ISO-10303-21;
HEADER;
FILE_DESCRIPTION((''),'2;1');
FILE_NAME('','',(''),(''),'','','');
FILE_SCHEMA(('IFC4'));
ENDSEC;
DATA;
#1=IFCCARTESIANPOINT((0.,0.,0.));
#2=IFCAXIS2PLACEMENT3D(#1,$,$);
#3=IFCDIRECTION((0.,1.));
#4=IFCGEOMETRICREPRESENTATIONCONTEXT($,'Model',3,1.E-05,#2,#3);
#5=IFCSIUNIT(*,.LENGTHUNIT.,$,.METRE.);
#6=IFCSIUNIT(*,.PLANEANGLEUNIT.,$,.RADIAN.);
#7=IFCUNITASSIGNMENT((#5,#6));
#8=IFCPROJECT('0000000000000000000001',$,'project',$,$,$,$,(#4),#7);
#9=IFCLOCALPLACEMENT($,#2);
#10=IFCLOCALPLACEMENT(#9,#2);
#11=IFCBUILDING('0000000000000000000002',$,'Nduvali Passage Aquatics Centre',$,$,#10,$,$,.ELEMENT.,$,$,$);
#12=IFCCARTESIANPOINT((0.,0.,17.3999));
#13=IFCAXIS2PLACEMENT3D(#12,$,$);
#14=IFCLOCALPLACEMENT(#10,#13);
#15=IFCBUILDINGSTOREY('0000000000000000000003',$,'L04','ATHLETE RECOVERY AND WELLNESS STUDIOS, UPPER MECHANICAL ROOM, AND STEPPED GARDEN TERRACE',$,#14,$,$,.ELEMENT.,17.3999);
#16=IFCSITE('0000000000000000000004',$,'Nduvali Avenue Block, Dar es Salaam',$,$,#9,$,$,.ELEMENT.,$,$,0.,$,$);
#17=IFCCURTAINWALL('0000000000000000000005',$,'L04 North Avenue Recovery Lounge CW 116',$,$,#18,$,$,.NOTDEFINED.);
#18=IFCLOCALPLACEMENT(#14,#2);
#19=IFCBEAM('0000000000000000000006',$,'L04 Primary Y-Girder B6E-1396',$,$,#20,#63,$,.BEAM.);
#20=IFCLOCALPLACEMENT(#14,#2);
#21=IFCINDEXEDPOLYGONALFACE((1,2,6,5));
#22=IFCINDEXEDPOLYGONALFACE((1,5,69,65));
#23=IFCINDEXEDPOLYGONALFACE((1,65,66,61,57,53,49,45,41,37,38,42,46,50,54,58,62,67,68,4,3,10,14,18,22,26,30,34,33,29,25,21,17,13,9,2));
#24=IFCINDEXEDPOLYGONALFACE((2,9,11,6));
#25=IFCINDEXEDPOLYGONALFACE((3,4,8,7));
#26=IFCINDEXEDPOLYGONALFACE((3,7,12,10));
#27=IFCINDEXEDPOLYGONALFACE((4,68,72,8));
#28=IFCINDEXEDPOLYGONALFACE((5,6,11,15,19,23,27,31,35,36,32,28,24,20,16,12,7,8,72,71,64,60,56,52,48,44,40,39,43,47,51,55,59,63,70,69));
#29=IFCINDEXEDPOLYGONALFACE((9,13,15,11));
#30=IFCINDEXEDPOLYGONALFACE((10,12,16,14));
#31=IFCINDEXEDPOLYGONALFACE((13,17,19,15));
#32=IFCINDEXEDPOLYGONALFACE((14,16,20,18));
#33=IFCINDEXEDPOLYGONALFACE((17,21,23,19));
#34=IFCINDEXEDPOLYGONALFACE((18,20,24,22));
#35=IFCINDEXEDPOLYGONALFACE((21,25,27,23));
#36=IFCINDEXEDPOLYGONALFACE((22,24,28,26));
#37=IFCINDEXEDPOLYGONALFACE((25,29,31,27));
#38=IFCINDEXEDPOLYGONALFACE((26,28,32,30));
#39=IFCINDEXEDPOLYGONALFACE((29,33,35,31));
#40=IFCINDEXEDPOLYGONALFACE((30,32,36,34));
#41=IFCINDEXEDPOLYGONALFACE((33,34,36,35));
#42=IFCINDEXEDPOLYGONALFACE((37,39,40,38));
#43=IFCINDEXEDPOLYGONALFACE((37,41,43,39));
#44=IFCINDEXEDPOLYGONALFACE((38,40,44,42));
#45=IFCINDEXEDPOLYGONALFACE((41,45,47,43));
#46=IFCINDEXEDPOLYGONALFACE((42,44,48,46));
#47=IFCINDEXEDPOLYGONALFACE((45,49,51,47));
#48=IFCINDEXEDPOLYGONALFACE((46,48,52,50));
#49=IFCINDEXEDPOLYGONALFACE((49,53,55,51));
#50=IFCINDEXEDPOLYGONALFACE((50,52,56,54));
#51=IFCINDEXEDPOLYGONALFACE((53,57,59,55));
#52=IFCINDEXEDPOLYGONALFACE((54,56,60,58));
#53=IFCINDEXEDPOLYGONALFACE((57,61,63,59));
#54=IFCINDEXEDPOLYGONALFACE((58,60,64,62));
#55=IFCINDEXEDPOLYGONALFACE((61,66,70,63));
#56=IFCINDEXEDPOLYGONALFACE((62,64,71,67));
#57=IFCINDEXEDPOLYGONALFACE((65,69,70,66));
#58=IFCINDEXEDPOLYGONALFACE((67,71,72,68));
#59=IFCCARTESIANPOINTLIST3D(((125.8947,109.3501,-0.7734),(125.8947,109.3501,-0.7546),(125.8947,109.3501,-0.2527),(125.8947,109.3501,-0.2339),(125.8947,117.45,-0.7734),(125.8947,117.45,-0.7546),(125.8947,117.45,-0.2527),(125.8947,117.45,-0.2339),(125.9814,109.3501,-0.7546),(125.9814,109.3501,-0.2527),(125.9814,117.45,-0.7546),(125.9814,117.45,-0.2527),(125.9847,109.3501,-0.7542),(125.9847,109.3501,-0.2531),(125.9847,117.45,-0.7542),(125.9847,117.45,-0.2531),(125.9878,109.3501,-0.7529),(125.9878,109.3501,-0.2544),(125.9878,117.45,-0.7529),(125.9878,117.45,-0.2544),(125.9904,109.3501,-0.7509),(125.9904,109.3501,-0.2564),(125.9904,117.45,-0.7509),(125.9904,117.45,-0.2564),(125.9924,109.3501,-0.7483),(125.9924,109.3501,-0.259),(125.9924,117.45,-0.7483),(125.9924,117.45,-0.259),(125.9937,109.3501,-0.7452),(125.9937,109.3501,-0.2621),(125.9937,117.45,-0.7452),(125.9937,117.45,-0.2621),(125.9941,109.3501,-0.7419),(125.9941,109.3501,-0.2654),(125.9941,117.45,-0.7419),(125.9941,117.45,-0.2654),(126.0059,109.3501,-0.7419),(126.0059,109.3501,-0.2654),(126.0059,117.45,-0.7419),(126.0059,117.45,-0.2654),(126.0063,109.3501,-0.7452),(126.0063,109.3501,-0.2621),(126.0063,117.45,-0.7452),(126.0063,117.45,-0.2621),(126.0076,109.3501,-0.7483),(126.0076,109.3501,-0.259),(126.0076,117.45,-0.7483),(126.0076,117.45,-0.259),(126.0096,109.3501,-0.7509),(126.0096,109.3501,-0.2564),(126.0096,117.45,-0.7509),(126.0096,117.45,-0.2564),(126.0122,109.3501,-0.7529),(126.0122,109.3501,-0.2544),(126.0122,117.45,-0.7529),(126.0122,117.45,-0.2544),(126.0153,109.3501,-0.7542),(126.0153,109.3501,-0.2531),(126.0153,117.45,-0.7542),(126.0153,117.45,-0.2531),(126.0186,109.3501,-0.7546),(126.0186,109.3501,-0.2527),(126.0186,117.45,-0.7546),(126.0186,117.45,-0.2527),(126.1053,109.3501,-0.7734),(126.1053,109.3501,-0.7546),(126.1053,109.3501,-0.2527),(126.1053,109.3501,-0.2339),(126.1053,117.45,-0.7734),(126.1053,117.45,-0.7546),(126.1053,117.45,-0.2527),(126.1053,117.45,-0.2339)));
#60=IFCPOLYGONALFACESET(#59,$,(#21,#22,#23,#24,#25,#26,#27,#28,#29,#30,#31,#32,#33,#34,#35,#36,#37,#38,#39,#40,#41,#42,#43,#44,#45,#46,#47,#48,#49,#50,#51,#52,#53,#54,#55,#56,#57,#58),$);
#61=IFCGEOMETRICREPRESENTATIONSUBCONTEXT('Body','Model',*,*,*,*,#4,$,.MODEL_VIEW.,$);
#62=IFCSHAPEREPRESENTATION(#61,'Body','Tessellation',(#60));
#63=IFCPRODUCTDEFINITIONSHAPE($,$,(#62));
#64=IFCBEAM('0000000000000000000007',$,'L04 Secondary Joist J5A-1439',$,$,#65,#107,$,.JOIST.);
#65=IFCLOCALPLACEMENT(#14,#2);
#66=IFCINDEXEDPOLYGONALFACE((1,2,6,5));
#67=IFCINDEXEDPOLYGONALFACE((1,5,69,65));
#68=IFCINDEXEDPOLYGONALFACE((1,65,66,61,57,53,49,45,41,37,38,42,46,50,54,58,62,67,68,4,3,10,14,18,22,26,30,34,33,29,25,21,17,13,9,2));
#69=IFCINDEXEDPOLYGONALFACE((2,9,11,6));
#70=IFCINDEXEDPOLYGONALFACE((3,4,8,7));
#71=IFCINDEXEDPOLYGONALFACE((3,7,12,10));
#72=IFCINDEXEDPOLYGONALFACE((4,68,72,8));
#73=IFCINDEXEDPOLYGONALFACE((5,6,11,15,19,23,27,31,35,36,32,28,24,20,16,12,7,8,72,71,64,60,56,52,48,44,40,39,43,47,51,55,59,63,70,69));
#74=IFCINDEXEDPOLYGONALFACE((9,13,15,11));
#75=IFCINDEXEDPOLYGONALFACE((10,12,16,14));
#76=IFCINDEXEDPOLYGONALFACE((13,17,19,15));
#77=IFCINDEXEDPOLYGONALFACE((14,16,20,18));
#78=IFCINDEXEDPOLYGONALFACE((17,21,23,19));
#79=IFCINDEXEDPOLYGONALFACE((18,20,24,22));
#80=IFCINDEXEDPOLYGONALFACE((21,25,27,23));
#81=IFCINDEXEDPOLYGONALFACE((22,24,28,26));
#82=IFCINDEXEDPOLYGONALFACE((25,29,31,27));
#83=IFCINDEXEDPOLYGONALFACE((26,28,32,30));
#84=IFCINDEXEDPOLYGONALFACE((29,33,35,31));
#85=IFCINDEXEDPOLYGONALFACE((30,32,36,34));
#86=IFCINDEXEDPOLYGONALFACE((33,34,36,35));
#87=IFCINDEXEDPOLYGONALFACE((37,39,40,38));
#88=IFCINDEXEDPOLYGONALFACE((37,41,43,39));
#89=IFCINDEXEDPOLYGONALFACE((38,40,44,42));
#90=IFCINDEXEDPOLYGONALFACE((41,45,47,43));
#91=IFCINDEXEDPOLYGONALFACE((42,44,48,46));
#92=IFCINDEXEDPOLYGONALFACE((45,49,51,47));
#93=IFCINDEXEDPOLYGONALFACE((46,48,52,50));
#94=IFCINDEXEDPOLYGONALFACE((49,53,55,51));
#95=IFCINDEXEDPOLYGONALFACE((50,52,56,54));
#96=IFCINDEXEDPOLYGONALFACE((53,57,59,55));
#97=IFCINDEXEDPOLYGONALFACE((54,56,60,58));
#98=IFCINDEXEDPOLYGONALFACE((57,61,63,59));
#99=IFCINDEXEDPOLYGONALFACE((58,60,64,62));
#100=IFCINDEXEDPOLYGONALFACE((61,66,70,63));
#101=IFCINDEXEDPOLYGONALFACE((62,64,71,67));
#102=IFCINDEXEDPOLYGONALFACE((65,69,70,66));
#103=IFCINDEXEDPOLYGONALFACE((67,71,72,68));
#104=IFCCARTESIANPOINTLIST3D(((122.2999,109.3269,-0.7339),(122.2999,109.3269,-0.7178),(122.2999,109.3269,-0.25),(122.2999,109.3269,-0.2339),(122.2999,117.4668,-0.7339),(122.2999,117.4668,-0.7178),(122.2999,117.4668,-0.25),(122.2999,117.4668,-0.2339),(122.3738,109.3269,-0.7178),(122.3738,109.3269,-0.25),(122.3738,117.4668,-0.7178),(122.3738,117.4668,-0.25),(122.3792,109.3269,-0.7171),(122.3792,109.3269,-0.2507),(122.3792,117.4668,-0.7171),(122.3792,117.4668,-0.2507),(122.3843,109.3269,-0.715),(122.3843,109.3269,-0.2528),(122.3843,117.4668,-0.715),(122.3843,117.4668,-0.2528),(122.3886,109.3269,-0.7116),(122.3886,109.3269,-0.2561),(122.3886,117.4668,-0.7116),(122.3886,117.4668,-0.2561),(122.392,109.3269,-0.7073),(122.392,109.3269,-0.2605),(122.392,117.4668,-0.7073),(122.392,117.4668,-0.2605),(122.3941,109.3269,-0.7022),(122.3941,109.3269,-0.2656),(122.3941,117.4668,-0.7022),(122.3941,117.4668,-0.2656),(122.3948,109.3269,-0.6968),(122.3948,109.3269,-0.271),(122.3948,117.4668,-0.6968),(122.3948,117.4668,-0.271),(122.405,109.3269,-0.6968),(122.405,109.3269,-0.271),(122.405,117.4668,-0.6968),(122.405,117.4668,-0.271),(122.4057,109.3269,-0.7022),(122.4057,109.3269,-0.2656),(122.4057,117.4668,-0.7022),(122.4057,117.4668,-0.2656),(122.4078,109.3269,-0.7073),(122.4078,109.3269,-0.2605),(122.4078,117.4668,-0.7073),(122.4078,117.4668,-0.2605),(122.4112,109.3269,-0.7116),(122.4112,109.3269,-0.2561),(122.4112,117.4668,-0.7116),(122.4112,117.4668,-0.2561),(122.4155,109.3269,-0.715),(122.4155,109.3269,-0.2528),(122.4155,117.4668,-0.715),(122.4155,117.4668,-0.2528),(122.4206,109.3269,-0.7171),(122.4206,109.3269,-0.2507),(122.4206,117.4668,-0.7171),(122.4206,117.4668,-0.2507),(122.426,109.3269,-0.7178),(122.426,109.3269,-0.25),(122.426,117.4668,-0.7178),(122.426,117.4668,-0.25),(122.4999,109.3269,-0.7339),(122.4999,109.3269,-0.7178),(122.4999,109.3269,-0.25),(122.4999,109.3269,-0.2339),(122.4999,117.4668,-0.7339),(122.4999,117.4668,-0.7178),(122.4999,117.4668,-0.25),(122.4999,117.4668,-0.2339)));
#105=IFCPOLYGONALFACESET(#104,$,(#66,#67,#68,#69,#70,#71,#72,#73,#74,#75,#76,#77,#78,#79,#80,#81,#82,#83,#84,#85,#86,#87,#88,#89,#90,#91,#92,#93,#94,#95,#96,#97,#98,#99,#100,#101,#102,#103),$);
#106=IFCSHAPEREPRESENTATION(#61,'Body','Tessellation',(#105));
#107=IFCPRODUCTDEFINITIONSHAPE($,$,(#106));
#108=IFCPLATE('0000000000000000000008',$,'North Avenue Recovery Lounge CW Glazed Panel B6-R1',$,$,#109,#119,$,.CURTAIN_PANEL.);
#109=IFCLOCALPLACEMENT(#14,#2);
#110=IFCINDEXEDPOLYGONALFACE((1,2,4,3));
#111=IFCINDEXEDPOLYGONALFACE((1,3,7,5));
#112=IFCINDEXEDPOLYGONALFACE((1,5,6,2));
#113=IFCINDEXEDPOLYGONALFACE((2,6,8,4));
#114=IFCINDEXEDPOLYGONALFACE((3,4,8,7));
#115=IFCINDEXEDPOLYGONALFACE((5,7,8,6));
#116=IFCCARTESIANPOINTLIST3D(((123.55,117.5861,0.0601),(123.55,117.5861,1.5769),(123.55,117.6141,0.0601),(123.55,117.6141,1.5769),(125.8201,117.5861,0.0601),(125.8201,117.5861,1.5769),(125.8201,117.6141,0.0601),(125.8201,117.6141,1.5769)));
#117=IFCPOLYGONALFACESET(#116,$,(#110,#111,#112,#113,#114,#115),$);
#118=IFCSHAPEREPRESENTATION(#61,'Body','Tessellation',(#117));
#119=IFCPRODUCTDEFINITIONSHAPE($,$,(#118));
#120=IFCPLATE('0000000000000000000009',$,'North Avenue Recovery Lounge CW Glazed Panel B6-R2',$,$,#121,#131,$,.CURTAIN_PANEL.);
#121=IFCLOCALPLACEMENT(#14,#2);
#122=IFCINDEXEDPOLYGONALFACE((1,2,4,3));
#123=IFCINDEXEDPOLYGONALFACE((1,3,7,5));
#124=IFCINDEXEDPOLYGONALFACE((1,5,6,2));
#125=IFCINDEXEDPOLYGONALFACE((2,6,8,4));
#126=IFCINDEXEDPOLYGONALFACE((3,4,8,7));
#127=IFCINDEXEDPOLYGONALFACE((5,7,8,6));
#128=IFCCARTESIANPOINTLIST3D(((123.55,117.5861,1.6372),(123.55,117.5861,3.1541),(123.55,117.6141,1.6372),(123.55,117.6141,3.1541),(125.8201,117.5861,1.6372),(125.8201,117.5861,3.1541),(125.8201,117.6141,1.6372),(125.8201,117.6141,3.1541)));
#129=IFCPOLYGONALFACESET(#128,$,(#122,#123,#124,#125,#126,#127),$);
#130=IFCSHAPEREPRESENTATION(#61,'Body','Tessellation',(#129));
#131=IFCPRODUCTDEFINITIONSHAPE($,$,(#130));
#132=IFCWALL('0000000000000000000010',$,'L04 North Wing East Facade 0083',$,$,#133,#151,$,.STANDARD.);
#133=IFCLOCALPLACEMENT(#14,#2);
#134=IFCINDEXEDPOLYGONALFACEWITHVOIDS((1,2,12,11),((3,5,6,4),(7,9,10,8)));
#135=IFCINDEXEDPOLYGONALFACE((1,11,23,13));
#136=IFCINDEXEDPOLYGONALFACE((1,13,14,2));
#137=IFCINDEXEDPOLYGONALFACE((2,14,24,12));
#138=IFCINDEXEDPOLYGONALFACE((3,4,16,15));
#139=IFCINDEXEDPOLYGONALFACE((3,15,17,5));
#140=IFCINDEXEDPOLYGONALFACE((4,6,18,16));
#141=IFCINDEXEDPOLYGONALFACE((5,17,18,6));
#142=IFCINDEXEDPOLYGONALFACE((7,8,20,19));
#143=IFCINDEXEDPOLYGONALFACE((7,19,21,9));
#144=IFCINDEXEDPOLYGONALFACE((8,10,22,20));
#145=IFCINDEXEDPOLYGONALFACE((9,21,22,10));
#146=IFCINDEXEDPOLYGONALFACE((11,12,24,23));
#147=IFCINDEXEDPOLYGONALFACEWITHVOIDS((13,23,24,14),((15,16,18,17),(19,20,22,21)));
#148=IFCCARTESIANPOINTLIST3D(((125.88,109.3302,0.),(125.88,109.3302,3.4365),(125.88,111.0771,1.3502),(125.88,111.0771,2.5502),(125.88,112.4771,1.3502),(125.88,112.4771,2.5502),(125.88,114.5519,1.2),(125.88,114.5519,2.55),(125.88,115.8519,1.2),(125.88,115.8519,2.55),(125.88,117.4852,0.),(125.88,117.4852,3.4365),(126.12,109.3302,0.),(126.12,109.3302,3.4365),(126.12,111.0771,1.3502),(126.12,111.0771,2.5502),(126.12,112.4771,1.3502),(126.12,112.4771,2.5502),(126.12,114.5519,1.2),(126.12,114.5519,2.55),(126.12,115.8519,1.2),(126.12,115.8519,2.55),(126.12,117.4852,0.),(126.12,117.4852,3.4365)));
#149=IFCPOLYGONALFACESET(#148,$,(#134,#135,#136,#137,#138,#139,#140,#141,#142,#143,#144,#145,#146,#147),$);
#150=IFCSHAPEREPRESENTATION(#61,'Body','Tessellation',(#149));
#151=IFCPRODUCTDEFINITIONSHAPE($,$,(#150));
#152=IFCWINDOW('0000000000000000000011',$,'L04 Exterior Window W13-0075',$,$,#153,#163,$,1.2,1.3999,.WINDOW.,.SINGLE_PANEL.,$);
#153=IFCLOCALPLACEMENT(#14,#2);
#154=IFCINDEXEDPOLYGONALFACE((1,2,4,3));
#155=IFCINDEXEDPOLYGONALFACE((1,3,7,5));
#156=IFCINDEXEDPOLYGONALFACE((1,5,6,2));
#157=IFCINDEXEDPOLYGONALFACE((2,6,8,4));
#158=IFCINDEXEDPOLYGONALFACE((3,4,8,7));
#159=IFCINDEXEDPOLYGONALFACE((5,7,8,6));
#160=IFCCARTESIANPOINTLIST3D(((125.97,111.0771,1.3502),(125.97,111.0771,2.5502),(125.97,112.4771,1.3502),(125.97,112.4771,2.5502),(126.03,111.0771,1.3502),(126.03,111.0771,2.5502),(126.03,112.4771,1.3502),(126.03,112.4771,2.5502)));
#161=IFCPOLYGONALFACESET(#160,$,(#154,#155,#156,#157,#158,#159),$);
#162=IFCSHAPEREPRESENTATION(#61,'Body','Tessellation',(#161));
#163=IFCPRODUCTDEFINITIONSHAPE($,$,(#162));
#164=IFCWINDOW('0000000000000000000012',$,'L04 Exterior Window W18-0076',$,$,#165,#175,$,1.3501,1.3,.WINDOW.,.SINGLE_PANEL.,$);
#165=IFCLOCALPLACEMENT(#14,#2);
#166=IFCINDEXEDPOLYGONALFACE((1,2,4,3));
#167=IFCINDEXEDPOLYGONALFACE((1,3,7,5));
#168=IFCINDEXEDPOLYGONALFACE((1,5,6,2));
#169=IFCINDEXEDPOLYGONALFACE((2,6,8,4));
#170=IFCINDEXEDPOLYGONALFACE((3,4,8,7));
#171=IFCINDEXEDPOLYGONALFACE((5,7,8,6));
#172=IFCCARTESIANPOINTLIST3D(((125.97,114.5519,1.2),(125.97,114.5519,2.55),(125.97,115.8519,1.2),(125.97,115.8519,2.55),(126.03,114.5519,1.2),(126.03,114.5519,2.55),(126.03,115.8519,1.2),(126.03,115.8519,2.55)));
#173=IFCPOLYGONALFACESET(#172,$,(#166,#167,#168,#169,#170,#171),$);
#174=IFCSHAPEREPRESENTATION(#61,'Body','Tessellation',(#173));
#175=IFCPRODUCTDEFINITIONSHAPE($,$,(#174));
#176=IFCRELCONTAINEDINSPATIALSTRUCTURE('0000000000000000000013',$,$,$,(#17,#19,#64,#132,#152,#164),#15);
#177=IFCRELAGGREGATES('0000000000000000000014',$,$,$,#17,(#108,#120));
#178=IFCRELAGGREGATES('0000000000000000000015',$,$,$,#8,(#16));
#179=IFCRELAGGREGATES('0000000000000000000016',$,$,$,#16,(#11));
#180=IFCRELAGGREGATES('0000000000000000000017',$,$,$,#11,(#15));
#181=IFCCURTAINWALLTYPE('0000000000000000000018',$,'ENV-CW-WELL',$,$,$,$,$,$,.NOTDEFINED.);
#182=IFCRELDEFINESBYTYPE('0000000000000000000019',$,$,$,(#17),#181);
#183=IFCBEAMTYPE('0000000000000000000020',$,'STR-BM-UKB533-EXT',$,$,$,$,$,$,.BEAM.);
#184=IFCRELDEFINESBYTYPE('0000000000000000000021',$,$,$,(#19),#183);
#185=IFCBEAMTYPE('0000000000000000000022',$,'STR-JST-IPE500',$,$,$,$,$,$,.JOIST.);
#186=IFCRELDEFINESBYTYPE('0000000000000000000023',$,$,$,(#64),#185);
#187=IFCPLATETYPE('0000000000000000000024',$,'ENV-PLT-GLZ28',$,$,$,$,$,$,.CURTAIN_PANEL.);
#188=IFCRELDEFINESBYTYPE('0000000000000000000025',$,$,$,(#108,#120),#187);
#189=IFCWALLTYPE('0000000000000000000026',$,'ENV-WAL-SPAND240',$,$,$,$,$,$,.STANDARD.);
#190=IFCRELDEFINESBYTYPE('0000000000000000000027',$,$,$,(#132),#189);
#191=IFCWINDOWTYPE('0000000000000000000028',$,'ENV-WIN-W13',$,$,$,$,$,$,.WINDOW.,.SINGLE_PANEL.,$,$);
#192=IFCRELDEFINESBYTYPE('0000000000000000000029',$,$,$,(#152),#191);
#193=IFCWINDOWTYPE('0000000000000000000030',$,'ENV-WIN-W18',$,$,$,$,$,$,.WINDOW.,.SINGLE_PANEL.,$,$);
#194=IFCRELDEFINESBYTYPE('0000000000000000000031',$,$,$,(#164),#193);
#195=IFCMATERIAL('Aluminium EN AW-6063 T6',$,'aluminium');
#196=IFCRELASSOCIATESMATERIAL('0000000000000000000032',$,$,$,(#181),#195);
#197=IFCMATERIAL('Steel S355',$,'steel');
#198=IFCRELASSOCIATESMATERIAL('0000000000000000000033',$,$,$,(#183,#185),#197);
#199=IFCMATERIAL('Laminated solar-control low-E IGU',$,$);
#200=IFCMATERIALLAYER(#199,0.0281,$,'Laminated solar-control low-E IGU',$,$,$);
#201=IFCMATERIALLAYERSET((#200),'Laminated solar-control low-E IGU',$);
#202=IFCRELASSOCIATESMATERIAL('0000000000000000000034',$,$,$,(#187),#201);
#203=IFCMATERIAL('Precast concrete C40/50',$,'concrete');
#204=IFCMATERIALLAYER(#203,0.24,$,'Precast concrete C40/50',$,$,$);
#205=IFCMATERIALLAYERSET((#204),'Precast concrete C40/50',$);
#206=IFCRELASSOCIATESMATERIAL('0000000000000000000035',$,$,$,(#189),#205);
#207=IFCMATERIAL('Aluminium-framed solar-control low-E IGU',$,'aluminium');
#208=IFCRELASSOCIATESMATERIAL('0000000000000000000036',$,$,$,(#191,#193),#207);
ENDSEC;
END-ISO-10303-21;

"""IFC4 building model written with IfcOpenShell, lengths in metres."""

from ifc_helpers import new_model, si_unit, direction, frame, frame_2d, origin, origin_2d, place, context, subcontext, project, spatial, rectangle, i_section, extrude, material, layer, layer_set, material_profile, profile_set, type_object, element, fill, aggregate, save


model = new_model("IFC4")

# Units and contexts
model_context = context("Model", 3, precision=1e-05, world=origin(), true_north=direction((0.0, 1.0)))
body_context = subcontext(model_context, "Body", "Model", "MODEL_VIEW")
ifc_project = project(units=[si_unit("LENGTHUNIT", "METRE"), si_unit("PLANEANGLEUNIT", "RADIAN")], contexts=[model_context])

# Site, building, storey
site_placement = place(None, origin())
site = spatial("IfcSite", under=ifc_project, at=site_placement, Name="Nduvali Avenue Block, Dar es Salaam", CompositionType="ELEMENT", RefElevation=0.0)
building_placement = place(site_placement, origin())
building = spatial("IfcBuilding", under=site, at=building_placement, Name="Nduvali Passage Aquatics Centre", CompositionType="ELEMENT")
storey_placement = place(building_placement, frame((0.0, 0.0, 17.3999)))
storey = spatial("IfcBuildingStorey", under=building, at=storey_placement, Name="L04", Description="ATHLETE RECOVERY AND WELLNESS STUDIOS, UPPER MECHANICAL ROOM, AND STEPPED GARDEN TERRACE", CompositionType="ELEMENT", Elevation=17.3999)

# Shared definitions
ifc_material_1 = material(Name="Steel S355", Category="steel")

# Curtain wall
ifc_material_2 = material(Name="Aluminium EN AW-6063 T6", Category="aluminium")
curtain_wall_type = type_object("IfcCurtainWallType", Name="ENV-CW-WELL", PredefinedType="NOTDEFINED", material=ifc_material_2)
curtain_wall_placement = place(storey_placement, origin())
curtain_wall = element("IfcCurtainWall", 1, at=curtain_wall_placement, inside=storey, type_object=curtain_wall_type, Name="L04 North Avenue Recovery Lounge CW 116", PredefinedType="NOTDEFINED")

# Beams
ifc_material_profile_1 = material_profile(ifc_material_1, i_section(OverallWidth=0.2107, OverallDepth=0.5396, WebThickness=0.0117, FlangeThickness=0.0188, FilletRadius=0.0127, at=origin_2d()), Name="UKB 533x210x109")
ifc_profile_set_1 = profile_set([ifc_material_profile_1], Name="Steel S355")
beam_type_1 = type_object("IfcBeamType", Name="STR-BM-UKB533-EXT", PredefinedType="BEAM", material=ifc_profile_set_1)
beam_1_placement = place(storey_placement, frame((126.0, 109.3501, -0.5037), z_axis=(0.0, 1.0, 0.0), x_axis=(-1.0, 0.0, 0.0)))
element("IfcBeam", 2, at=beam_1_placement, inside=storey, type_object=beam_type_1, Name="L04 Primary Y-Girder B6E-1396", PredefinedType="BEAM", context=body_context, shape_type="SweptSolid", body=[
    extrude(i_section(OverallWidth=0.2107, OverallDepth=0.5396, WebThickness=0.0117, FlangeThickness=0.0188, FilletRadius=0.0127, at=origin_2d()), origin(), (0.0, 0.0, 1.0), 8.0999),
])
ifc_material_profile_2 = material_profile(ifc_material_1, i_section(OverallWidth=0.2, OverallDepth=0.5, WebThickness=0.0103, FlangeThickness=0.0161, FilletRadius=0.021, at=origin_2d()), Name="IPE 500")
ifc_profile_set_2 = profile_set([ifc_material_profile_2], Name="Steel S355")
beam_type_2 = type_object("IfcBeamType", Name="STR-JST-IPE500", PredefinedType="JOIST", material=ifc_profile_set_2)
beam_2_placement = place(storey_placement, frame((122.3999, 109.3269, -0.4839), z_axis=(0.0, 1.0, 0.0), x_axis=(-1.0, 0.0, 0.0)))
element("IfcBeam", 3, at=beam_2_placement, inside=storey, type_object=beam_type_2, Name="L04 Secondary Joist J5A-1439", PredefinedType="JOIST", context=body_context, shape_type="SweptSolid", body=[
    extrude(i_section(OverallWidth=0.2, OverallDepth=0.5, WebThickness=0.0103, FlangeThickness=0.0161, FilletRadius=0.021, at=origin_2d()), origin(), (0.0, 0.0, 1.0), 8.1399),
])

# Plates
ifc_material_3 = material(Name="Laminated solar-control low-E IGU")
ifc_layer_1 = layer(ifc_material_3, 0.0281, Name="Laminated solar-control low-E IGU")
ifc_layer_set_1 = layer_set([ifc_layer_1], Name="Laminated solar-control low-E IGU")
plate_type = type_object("IfcPlateType", Name="ENV-PLT-GLZ28", PredefinedType="CURTAIN_PANEL", material=ifc_layer_set_1)
plate_1_placement = place(storey_placement, frame((124.6851, 117.6001, 0.0601), z_axis=(0.0, 0.0, 1.0), x_axis=(1.0, 0.0, 0.0)))
plate_1 = element("IfcPlate", 4, at=plate_1_placement, type_object=plate_type, Name="North Avenue Recovery Lounge CW Glazed Panel B6-R1", PredefinedType="CURTAIN_PANEL", context=body_context, shape_type="SweptSolid", body=[
    extrude(rectangle(XDim=2.27, YDim=0.0281, at=origin_2d()), origin(), (0.0, 0.0, 1.0), 1.5168),
])
plate_2_placement = place(storey_placement, frame((124.6851, 117.6001, 1.6372), z_axis=(0.0, 0.0, 1.0), x_axis=(1.0, 0.0, 0.0)))
plate_2 = element("IfcPlate", 5, at=plate_2_placement, type_object=plate_type, Name="North Avenue Recovery Lounge CW Glazed Panel B6-R2", PredefinedType="CURTAIN_PANEL", context=body_context, shape_type="SweptSolid", body=[
    extrude(rectangle(XDim=2.27, YDim=0.0281, at=origin_2d()), origin(), (0.0, 0.0, 1.0), 1.5168),
])
aggregate(curtain_wall, [plate_1, plate_2])

# Wall, openings, windows
ifc_material_4 = material(Name="Precast concrete C40/50", Category="concrete")
ifc_layer_2 = layer(ifc_material_4, 0.24, Name="Precast concrete C40/50")
ifc_layer_set_2 = layer_set([ifc_layer_2], Name="Precast concrete C40/50")
wall_type = type_object("IfcWallType", Name="ENV-WAL-SPAND240", PredefinedType="STANDARD", material=ifc_layer_set_2)
wall_placement = place(storey_placement, frame((126.0, 109.3301, 0.0), z_axis=(0.0, 0.0, 1.0), x_axis=(0.0, 1.0, 0.0)))
wall = element("IfcWall", 6, at=wall_placement, inside=storey, type_object=wall_type, Name="L04 North Wing East Facade 0083", PredefinedType="STANDARD", context=body_context, shape_type="SweptSolid", body=[
    extrude(rectangle(XDim=8.155, YDim=0.24, at=frame_2d((4.0776, 0.0))), origin(), (0.0, 0.0, 1.0), 3.4365),
])
opening_1_placement = place(wall_placement, frame((1.7471, 0.0, 1.3501)))
opening_1 = element("IfcOpeningElement", 7, at=opening_1_placement, cuts=wall, PredefinedType="OPENING", context=body_context, shape_type="SweptSolid", body=[
    extrude(rectangle(XDim=1.3999, YDim=1.2, at=frame_2d((0.7, 0.6001))), frame((0.0, 0.1348, 0.0), z_axis=(0.0, -1.0, 0.0), x_axis=(1.0, 0.0, 0.0)), (0.0, 0.0, 1.0), 0.2698),
])
opening_2_placement = place(wall_placement, frame((5.2219, 0.0, 1.2)))
opening_2 = element("IfcOpeningElement", 8, at=opening_2_placement, cuts=wall, PredefinedType="OPENING", context=body_context, shape_type="SweptSolid", body=[
    extrude(rectangle(XDim=1.3, YDim=1.3501, at=frame_2d((0.6499, 0.675))), frame((0.0, 0.1348, 0.0), z_axis=(0.0, -1.0, 0.0), x_axis=(1.0, 0.0, 0.0)), (0.0, 0.0, 1.0), 0.2698),
])
ifc_material_5 = material(Name="Aluminium-framed solar-control low-E IGU", Category="aluminium")
window_type_1 = type_object("IfcWindowType", Name="ENV-WIN-W13", PartitioningType="SINGLE_PANEL", PredefinedType="WINDOW", material=ifc_material_5)
window_1_placement = place(opening_1_placement, origin())
window_1 = element("IfcWindow", 9, at=window_1_placement, inside=storey, type_object=window_type_1, Name="L04 Exterior Window W13-0075", OverallHeight=1.2, OverallWidth=1.3999, PartitioningType="SINGLE_PANEL", PredefinedType="WINDOW", context=body_context, shape_type="SweptSolid", body=[
    extrude(rectangle(XDim=1.3999, YDim=1.2, at=frame_2d((0.7, 0.6001))), frame((0.0, 0.03, 0.0), z_axis=(0.0, -1.0, 0.0), x_axis=(1.0, 0.0, 0.0)), (0.0, 0.0, 1.0), 0.0601),
])
fill(opening_1, window_1)
window_type_2 = type_object("IfcWindowType", Name="ENV-WIN-W18", PartitioningType="SINGLE_PANEL", PredefinedType="WINDOW", material=ifc_material_5)
window_2_placement = place(opening_2_placement, origin())
window_2 = element("IfcWindow", 10, at=window_2_placement, inside=storey, type_object=window_type_2, Name="L04 Exterior Window W18-0076", OverallHeight=1.3501, OverallWidth=1.3, PartitioningType="SINGLE_PANEL", PredefinedType="WINDOW", context=body_context, shape_type="SweptSolid", body=[
    extrude(rectangle(XDim=1.3, YDim=1.3501, at=frame_2d((0.6499, 0.675))), frame((0.0, 0.03, 0.0), z_axis=(0.0, -1.0, 0.0), x_axis=(1.0, 0.0, 0.0)), (0.0, 0.0, 1.0), 0.0601),
])
fill(opening_2, window_2)

save(model, "model.ifc")
